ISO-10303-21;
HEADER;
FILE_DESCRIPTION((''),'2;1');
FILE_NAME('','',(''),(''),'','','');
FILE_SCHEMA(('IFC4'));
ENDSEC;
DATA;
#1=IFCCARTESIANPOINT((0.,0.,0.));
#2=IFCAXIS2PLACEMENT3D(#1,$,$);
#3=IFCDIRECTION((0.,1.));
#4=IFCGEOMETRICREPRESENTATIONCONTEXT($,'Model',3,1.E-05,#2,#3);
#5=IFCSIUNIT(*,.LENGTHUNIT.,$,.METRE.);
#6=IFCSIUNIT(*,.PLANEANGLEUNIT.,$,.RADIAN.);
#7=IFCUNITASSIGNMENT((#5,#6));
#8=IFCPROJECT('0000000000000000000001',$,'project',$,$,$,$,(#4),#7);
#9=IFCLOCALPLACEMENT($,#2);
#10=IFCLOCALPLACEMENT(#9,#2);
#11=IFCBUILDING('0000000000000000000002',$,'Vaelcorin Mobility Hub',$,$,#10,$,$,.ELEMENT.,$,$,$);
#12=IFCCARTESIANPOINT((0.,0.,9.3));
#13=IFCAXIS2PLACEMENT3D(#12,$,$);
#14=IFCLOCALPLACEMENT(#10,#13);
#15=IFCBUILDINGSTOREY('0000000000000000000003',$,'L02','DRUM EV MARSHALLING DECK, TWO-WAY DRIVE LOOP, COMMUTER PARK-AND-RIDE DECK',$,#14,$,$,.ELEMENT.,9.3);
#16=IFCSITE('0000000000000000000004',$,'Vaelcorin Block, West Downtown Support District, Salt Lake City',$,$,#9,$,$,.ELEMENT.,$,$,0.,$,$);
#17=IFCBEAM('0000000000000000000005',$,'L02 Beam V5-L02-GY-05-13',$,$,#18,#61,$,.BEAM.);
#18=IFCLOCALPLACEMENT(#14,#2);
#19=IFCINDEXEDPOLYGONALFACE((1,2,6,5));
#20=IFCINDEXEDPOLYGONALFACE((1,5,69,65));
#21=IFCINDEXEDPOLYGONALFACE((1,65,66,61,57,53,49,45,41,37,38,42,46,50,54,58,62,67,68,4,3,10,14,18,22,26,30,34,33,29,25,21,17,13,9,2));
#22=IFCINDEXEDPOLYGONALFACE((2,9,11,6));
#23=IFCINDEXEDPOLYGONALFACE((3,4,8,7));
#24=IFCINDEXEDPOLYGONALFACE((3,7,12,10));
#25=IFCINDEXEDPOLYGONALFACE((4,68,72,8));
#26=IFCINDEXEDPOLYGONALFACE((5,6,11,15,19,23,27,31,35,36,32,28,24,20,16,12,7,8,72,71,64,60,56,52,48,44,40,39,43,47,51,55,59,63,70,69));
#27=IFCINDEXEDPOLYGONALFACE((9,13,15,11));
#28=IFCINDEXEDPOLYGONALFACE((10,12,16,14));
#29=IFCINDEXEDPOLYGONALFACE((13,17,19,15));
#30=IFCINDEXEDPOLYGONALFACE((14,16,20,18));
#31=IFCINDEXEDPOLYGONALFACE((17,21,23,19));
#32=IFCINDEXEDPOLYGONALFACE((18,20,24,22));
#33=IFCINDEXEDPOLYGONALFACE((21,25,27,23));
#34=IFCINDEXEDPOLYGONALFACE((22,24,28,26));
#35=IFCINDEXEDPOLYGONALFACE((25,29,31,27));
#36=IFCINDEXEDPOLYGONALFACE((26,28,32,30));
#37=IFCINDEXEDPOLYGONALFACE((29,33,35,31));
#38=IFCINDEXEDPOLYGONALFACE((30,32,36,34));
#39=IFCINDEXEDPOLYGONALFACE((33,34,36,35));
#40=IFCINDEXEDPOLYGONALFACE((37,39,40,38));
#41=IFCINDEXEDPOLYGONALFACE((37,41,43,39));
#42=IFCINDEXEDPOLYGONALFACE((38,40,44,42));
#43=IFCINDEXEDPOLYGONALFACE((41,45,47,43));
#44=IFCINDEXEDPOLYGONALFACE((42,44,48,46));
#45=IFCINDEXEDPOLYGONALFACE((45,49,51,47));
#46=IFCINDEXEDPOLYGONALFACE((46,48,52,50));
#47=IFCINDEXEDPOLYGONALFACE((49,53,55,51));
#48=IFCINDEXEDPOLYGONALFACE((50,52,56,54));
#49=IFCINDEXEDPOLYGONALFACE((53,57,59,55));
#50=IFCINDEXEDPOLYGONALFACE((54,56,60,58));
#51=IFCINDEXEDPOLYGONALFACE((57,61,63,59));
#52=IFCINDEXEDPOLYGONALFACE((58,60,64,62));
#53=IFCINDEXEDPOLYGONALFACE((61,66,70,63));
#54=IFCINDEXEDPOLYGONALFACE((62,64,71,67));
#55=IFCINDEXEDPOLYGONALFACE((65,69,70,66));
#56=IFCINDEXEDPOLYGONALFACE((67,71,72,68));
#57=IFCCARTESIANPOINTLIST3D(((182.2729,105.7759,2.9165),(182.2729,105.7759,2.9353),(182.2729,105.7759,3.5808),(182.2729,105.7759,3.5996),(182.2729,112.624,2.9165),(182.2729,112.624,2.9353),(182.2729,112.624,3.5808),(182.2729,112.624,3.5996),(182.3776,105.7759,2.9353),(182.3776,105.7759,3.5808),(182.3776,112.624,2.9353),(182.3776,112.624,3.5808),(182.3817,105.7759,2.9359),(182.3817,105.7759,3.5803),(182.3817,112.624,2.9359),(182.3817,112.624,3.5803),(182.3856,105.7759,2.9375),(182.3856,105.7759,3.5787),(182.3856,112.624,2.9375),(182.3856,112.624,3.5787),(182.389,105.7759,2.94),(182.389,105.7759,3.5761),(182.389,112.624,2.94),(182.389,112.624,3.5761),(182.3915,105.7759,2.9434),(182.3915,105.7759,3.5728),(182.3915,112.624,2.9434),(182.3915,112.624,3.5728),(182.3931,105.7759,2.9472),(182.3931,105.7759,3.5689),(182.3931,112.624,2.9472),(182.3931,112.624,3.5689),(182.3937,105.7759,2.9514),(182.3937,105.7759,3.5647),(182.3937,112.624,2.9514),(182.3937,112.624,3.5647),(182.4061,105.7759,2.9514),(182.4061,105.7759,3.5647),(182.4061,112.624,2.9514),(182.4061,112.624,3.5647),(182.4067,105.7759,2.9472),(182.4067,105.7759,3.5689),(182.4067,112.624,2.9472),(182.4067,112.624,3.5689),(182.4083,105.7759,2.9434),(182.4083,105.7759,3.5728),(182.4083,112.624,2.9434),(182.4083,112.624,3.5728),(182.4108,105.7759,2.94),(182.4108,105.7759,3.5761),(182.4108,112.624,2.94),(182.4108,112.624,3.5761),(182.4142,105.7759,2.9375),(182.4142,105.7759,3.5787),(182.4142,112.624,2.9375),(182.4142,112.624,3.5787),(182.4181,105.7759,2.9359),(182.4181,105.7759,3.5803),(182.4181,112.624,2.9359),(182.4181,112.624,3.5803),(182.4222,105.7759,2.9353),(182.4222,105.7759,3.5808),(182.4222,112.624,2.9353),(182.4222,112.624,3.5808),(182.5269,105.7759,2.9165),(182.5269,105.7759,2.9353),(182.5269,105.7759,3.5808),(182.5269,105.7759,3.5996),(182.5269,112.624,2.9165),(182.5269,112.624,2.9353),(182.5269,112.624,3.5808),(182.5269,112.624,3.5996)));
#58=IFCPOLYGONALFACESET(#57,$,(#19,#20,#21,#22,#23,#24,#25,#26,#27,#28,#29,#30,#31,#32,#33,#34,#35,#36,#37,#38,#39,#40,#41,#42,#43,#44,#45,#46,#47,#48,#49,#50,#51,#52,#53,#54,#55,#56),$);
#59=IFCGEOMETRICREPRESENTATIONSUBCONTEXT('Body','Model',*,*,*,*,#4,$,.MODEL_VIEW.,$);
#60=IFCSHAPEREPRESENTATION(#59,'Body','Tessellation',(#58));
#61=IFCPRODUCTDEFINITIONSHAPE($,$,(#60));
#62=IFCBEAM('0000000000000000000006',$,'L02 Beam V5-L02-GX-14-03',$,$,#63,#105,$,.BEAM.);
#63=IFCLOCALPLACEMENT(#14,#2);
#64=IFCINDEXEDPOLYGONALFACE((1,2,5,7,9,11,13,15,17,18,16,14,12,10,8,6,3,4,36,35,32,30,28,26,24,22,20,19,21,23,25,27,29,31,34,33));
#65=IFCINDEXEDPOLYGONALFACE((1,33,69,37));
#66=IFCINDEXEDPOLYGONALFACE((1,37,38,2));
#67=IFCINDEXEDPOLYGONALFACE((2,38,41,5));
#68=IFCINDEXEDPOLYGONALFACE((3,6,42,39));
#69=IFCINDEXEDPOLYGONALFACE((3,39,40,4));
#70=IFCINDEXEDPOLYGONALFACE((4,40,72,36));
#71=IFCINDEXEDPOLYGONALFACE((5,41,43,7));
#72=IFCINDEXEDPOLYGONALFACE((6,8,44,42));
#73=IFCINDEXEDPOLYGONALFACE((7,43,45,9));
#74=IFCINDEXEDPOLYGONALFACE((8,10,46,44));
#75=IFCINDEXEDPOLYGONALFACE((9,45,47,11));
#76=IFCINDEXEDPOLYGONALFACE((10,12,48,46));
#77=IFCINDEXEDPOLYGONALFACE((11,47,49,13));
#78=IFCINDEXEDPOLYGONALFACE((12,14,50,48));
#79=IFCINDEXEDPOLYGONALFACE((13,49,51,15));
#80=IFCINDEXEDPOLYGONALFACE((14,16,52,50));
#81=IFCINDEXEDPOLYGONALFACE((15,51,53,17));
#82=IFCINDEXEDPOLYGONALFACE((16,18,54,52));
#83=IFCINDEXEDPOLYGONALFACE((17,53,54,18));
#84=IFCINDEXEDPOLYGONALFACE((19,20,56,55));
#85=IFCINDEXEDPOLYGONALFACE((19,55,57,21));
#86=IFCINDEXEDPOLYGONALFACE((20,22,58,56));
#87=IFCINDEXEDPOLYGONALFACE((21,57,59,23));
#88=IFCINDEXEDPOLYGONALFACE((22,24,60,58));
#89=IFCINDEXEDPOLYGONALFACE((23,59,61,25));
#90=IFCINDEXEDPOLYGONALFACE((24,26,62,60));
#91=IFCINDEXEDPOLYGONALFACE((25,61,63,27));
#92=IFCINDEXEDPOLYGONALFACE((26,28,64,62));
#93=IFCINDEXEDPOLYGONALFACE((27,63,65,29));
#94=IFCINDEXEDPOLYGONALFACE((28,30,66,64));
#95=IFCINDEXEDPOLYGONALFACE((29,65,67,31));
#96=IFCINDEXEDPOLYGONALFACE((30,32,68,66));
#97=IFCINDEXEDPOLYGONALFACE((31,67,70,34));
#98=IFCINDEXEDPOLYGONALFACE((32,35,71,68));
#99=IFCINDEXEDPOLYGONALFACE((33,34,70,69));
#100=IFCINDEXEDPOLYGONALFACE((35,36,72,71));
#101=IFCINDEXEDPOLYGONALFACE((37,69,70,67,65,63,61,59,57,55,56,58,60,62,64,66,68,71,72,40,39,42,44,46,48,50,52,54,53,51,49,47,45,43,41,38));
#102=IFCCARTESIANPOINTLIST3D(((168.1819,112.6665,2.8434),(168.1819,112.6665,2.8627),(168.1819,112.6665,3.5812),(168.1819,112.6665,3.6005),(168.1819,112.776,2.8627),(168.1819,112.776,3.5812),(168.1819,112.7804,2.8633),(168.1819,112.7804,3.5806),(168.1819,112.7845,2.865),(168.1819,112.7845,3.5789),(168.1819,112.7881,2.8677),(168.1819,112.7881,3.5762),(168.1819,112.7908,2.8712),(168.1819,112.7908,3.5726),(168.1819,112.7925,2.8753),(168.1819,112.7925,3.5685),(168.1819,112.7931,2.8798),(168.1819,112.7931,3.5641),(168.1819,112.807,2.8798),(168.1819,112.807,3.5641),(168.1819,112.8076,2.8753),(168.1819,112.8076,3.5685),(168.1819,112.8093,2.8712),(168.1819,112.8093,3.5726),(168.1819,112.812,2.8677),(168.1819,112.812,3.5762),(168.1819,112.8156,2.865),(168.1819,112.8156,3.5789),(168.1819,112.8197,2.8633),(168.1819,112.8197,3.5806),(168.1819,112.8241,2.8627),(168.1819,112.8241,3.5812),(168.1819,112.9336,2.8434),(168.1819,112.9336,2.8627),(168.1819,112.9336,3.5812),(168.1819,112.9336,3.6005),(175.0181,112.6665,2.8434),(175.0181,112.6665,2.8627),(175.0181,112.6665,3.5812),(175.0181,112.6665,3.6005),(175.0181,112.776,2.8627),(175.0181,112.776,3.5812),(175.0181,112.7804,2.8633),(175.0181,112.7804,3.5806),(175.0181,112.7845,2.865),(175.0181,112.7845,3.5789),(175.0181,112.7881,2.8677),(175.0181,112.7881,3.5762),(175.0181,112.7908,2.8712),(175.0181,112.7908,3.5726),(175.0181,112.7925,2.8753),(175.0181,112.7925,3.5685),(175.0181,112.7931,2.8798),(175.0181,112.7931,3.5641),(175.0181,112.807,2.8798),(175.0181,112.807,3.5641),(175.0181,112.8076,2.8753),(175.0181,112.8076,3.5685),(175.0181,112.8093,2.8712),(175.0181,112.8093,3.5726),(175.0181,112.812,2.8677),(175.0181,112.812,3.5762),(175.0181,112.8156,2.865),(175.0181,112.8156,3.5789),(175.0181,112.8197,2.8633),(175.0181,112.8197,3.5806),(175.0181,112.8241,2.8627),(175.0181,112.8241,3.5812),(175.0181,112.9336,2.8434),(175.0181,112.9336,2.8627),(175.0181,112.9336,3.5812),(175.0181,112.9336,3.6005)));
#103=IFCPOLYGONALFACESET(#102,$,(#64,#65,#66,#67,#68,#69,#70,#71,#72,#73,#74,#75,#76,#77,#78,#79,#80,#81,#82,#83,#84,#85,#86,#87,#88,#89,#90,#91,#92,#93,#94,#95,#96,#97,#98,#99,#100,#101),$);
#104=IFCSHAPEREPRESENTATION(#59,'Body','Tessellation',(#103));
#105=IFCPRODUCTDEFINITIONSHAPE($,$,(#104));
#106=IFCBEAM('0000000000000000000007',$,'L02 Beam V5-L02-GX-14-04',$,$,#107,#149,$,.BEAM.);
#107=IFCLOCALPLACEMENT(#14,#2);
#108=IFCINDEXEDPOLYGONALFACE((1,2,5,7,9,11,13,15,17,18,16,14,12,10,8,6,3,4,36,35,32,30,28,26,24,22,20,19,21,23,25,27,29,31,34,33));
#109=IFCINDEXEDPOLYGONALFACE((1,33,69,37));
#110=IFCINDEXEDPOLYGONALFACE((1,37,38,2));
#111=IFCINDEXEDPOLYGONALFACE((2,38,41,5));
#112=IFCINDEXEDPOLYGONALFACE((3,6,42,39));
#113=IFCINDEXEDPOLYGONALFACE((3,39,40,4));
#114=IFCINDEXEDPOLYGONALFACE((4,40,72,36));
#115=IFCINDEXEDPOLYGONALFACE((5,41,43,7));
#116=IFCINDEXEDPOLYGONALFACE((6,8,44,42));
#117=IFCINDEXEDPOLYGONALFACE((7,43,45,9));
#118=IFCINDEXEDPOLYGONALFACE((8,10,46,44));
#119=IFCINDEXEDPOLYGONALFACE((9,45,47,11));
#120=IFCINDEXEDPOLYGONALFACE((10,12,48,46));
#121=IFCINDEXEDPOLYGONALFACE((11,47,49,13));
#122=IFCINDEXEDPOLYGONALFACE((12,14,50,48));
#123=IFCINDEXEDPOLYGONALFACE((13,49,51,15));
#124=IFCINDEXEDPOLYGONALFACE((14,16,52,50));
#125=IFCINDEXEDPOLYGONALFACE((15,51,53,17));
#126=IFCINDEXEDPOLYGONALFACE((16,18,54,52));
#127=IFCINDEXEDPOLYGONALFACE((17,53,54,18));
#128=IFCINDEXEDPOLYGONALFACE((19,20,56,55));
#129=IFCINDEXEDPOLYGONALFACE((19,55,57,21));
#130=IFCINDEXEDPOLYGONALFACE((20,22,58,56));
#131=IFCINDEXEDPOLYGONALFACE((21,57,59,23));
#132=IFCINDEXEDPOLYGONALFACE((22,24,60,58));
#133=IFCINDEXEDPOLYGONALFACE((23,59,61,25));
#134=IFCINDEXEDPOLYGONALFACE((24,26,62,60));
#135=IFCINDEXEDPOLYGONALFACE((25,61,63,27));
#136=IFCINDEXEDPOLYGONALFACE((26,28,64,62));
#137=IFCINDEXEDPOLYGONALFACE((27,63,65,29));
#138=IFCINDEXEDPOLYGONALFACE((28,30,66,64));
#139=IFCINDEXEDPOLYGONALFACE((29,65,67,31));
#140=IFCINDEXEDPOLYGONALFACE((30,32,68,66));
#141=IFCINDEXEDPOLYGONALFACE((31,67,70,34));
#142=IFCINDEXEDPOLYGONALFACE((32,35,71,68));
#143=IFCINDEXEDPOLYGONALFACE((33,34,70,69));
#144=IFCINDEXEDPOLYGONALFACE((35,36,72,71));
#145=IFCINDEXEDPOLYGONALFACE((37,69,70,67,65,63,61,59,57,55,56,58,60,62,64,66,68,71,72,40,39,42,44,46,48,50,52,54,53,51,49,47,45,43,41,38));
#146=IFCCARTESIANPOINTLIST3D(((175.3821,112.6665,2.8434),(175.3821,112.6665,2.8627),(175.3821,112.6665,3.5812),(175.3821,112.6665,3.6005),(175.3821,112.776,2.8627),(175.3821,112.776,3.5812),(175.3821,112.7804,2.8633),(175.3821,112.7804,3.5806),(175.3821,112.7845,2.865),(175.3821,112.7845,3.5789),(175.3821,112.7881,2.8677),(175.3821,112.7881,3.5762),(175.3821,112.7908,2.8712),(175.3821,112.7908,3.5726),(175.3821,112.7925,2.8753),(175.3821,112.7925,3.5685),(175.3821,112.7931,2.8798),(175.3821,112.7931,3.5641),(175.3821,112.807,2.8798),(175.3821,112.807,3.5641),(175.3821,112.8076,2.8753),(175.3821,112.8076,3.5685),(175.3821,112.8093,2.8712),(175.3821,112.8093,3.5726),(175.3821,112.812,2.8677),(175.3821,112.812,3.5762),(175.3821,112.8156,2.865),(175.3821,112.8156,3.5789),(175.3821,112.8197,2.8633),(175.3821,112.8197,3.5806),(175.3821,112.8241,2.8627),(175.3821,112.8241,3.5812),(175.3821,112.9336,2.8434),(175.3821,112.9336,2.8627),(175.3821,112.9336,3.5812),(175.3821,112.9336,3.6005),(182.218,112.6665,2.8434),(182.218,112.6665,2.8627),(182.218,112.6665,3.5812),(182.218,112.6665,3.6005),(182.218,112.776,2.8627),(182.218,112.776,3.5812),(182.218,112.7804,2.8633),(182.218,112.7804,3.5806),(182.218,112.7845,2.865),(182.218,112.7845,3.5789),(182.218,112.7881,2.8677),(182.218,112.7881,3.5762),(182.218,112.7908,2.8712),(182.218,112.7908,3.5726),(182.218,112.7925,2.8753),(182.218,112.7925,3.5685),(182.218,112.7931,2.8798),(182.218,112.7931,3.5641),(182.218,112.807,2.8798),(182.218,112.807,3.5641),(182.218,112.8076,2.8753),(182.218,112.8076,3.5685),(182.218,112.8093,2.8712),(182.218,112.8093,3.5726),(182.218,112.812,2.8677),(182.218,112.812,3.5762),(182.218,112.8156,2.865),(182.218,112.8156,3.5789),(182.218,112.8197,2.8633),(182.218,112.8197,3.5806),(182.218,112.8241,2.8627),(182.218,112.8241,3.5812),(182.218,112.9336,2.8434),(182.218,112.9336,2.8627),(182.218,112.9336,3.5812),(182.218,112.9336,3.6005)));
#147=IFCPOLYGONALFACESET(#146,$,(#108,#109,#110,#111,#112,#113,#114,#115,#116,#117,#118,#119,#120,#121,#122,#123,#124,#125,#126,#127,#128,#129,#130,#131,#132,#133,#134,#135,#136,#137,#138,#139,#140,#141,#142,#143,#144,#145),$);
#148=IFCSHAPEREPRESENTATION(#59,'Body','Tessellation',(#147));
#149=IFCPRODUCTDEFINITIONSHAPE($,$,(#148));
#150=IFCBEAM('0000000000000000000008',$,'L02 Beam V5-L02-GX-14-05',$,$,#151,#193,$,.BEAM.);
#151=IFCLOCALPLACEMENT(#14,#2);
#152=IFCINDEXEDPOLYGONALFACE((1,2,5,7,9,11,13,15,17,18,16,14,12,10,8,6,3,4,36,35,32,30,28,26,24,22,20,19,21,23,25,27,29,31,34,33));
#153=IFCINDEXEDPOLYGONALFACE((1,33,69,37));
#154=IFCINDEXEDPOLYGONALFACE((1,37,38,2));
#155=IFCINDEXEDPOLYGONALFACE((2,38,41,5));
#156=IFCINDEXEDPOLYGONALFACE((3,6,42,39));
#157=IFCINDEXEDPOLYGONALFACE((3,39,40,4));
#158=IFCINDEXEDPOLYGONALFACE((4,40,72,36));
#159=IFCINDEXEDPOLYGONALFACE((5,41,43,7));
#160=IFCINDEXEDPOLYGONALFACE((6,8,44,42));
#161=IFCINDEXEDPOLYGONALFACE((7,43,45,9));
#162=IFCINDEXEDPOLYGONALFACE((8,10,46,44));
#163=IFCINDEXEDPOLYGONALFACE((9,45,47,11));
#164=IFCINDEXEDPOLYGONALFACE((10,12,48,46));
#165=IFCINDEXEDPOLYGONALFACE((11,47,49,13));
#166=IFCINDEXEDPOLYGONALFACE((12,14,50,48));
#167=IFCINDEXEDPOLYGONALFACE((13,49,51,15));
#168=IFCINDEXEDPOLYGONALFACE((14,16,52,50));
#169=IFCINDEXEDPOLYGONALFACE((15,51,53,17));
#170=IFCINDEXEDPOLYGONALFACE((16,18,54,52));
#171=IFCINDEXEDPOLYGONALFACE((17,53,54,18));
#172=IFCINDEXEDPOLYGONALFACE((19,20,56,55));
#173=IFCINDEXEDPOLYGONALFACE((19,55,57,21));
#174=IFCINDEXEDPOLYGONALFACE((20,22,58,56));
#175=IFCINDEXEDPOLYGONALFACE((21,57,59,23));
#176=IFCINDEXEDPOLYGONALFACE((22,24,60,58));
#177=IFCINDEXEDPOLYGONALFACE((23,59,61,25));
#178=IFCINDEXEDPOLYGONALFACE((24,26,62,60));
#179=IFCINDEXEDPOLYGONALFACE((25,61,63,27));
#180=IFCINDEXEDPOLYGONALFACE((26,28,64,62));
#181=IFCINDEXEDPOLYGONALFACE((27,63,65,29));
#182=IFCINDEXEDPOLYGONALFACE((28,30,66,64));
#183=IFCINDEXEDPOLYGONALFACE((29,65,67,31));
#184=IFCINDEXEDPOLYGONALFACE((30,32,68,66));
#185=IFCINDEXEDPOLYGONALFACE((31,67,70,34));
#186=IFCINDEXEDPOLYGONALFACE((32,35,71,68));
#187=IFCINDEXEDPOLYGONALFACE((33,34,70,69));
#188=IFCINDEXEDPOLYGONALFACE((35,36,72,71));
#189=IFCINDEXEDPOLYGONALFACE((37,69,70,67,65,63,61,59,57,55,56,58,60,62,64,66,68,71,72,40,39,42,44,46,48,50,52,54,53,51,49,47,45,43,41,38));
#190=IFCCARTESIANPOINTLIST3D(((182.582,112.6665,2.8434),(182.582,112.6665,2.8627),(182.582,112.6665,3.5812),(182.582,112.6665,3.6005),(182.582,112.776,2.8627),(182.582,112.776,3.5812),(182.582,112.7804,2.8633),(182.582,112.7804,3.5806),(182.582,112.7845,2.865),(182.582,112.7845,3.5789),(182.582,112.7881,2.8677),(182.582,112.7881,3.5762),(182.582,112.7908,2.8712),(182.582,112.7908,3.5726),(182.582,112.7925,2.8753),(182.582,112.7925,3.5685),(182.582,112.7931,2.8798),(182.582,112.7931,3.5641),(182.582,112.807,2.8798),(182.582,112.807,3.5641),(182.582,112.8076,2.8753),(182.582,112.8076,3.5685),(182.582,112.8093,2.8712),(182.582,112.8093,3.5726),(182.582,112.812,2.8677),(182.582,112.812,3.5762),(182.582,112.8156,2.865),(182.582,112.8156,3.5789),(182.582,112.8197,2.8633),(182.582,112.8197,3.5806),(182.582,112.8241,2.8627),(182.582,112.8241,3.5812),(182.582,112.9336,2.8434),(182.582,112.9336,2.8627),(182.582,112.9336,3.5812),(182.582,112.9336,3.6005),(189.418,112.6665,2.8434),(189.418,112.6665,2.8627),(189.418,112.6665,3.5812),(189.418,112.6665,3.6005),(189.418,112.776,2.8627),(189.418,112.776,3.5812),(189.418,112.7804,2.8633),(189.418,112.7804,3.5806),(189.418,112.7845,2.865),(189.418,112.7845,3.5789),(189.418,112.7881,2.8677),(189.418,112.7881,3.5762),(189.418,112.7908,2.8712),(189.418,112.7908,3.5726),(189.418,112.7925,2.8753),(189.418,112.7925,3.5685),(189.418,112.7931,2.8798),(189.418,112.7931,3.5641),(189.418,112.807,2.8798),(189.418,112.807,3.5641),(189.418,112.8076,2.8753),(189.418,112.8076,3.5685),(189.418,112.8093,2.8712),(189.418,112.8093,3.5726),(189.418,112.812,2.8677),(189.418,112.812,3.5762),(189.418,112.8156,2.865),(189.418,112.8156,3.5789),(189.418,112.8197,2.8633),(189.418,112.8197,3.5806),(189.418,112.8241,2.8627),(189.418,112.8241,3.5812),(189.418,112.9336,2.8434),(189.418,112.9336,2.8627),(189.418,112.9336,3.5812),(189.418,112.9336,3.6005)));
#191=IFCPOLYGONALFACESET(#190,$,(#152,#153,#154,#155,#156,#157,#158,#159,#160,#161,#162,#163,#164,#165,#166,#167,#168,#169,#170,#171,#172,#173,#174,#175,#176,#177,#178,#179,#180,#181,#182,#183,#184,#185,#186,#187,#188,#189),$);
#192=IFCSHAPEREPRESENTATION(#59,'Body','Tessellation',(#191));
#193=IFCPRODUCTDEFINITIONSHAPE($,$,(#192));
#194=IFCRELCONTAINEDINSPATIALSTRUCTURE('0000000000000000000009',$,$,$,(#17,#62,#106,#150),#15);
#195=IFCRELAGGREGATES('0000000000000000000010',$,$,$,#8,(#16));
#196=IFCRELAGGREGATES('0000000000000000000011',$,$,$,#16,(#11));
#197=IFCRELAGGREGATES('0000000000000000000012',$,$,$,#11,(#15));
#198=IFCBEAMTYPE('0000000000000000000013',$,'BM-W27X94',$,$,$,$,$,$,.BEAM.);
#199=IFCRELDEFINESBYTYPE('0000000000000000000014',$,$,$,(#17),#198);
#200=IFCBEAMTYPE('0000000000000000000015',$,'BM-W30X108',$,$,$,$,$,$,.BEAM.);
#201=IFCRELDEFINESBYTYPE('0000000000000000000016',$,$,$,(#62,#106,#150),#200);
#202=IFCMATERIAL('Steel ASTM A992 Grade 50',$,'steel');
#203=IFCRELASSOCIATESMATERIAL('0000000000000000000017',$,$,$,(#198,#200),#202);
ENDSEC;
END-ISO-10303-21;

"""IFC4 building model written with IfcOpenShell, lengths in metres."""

from ifc_helpers import new_model, si_unit, direction, frame, origin, origin_2d, place, context, subcontext, project, spatial, i_section, extrude, material, material_profile, profile_set, type_object, element, save


model = new_model("IFC4")

# Units and contexts
model_context = context("Model", 3, precision=1e-05, world=origin(), true_north=direction((0.0, 1.0)))
body_context = subcontext(model_context, "Body", "Model", "MODEL_VIEW")
ifc_project = project(units=[si_unit("LENGTHUNIT", "METRE"), si_unit("PLANEANGLEUNIT", "RADIAN")], contexts=[model_context])

# Site, building, storey
site_placement = place(None, origin())
site = spatial("IfcSite", under=ifc_project, at=site_placement, Name="Vaelcorin Block, West Downtown Support District, Salt Lake City", CompositionType="ELEMENT", RefElevation=0.0)
building_placement = place(site_placement, origin())
building = spatial("IfcBuilding", under=site, at=building_placement, Name="Vaelcorin Mobility Hub", CompositionType="ELEMENT")
storey_placement = place(building_placement, frame((0.0, 0.0, 9.3)))
storey = spatial("IfcBuildingStorey", under=building, at=storey_placement, Name="L02", Description="DRUM EV MARSHALLING DECK, TWO-WAY DRIVE LOOP, COMMUTER PARK-AND-RIDE DECK", CompositionType="ELEMENT", Elevation=9.3)

# Shared definitions
ifc_material_1 = material(Name="Steel ASTM A992 Grade 50", Category="steel")

# Beams
ifc_material_profile_1 = material_profile(ifc_material_1, i_section(OverallWidth=0.2539, OverallDepth=0.6831, WebThickness=0.0125, FlangeThickness=0.0188, FilletRadius=0.0161, at=origin_2d()), Name="W27X94")
ifc_profile_set_1 = profile_set([ifc_material_profile_1], Name="Steel ASTM A992 Grade 50")
beam_type_1 = type_object("IfcBeamType", Name="BM-W27X94", PredefinedType="BEAM", material=ifc_profile_set_1)
beam_1_placement = place(storey_placement, frame((182.3999, 105.7759, 3.2581), z_axis=(0.0, 1.0, 0.0), x_axis=(-1.0, 0.0, 0.0)))
element("IfcBeam", 1, at=beam_1_placement, inside=storey, type_object=beam_type_1, Name="L02 Beam V5-L02-GY-05-13", PredefinedType="BEAM", context=body_context, shape_type="SweptSolid", body=[
    extrude(i_section(OverallWidth=0.2539, OverallDepth=0.6831, WebThickness=0.0125, FlangeThickness=0.0188, FilletRadius=0.0161, at=origin_2d()), origin(), (0.0, 0.0, 1.0), 6.8481),
])
ifc_material_profile_2 = material_profile(ifc_material_1, i_section(OverallWidth=0.2671, OverallDepth=0.7571, WebThickness=0.0139, FlangeThickness=0.0193, FilletRadius=0.0171, at=origin_2d()), Name="W30X108")
ifc_profile_set_2 = profile_set([ifc_material_profile_2], Name="Steel ASTM A992 Grade 50")
beam_type_2 = type_object("IfcBeamType", Name="BM-W30X108", PredefinedType="BEAM", material=ifc_profile_set_2)
beam_2_placement = place(storey_placement, frame((168.1819, 112.8, 3.2219), z_axis=(1.0, 0.0, 0.0), x_axis=(0.0, 1.0, 0.0)))
element("IfcBeam", 2, at=beam_2_placement, inside=storey, type_object=beam_type_2, Name="L02 Beam V5-L02-GX-14-03", PredefinedType="BEAM", context=body_context, shape_type="SweptSolid", body=[
    extrude(i_section(OverallWidth=0.2671, OverallDepth=0.7571, WebThickness=0.0139, FlangeThickness=0.0193, FilletRadius=0.0171, at=origin_2d()), origin(), (0.0, 0.0, 1.0), 6.8362),
])
for number, where, z_axis, x_axis, name in (
    (3, (175.3821, 112.8, 3.2219), (1.0, 0.0, 0.0), (0.0, 1.0, 0.0), "L02 Beam V5-L02-GX-14-04"),
    (4, (182.582, 112.8, 3.2219), (1.0, 0.0, 0.0), (0.0, 1.0, 0.0), "L02 Beam V5-L02-GX-14-05"),
):
    element("IfcBeam", number, at=place(storey_placement, frame(where, z_axis=z_axis, x_axis=x_axis)), inside=storey, type_object=beam_type_2, Name=name, PredefinedType="BEAM", context=body_context, shape_type="SweptSolid", body=[
        extrude(i_section(OverallWidth=0.2671, OverallDepth=0.7571, WebThickness=0.0139, FlangeThickness=0.0193, FilletRadius=0.0171, at=origin_2d()), origin(), (0.0, 0.0, 1.0), 6.8359),
    ])

save(model, "model.ifc")
